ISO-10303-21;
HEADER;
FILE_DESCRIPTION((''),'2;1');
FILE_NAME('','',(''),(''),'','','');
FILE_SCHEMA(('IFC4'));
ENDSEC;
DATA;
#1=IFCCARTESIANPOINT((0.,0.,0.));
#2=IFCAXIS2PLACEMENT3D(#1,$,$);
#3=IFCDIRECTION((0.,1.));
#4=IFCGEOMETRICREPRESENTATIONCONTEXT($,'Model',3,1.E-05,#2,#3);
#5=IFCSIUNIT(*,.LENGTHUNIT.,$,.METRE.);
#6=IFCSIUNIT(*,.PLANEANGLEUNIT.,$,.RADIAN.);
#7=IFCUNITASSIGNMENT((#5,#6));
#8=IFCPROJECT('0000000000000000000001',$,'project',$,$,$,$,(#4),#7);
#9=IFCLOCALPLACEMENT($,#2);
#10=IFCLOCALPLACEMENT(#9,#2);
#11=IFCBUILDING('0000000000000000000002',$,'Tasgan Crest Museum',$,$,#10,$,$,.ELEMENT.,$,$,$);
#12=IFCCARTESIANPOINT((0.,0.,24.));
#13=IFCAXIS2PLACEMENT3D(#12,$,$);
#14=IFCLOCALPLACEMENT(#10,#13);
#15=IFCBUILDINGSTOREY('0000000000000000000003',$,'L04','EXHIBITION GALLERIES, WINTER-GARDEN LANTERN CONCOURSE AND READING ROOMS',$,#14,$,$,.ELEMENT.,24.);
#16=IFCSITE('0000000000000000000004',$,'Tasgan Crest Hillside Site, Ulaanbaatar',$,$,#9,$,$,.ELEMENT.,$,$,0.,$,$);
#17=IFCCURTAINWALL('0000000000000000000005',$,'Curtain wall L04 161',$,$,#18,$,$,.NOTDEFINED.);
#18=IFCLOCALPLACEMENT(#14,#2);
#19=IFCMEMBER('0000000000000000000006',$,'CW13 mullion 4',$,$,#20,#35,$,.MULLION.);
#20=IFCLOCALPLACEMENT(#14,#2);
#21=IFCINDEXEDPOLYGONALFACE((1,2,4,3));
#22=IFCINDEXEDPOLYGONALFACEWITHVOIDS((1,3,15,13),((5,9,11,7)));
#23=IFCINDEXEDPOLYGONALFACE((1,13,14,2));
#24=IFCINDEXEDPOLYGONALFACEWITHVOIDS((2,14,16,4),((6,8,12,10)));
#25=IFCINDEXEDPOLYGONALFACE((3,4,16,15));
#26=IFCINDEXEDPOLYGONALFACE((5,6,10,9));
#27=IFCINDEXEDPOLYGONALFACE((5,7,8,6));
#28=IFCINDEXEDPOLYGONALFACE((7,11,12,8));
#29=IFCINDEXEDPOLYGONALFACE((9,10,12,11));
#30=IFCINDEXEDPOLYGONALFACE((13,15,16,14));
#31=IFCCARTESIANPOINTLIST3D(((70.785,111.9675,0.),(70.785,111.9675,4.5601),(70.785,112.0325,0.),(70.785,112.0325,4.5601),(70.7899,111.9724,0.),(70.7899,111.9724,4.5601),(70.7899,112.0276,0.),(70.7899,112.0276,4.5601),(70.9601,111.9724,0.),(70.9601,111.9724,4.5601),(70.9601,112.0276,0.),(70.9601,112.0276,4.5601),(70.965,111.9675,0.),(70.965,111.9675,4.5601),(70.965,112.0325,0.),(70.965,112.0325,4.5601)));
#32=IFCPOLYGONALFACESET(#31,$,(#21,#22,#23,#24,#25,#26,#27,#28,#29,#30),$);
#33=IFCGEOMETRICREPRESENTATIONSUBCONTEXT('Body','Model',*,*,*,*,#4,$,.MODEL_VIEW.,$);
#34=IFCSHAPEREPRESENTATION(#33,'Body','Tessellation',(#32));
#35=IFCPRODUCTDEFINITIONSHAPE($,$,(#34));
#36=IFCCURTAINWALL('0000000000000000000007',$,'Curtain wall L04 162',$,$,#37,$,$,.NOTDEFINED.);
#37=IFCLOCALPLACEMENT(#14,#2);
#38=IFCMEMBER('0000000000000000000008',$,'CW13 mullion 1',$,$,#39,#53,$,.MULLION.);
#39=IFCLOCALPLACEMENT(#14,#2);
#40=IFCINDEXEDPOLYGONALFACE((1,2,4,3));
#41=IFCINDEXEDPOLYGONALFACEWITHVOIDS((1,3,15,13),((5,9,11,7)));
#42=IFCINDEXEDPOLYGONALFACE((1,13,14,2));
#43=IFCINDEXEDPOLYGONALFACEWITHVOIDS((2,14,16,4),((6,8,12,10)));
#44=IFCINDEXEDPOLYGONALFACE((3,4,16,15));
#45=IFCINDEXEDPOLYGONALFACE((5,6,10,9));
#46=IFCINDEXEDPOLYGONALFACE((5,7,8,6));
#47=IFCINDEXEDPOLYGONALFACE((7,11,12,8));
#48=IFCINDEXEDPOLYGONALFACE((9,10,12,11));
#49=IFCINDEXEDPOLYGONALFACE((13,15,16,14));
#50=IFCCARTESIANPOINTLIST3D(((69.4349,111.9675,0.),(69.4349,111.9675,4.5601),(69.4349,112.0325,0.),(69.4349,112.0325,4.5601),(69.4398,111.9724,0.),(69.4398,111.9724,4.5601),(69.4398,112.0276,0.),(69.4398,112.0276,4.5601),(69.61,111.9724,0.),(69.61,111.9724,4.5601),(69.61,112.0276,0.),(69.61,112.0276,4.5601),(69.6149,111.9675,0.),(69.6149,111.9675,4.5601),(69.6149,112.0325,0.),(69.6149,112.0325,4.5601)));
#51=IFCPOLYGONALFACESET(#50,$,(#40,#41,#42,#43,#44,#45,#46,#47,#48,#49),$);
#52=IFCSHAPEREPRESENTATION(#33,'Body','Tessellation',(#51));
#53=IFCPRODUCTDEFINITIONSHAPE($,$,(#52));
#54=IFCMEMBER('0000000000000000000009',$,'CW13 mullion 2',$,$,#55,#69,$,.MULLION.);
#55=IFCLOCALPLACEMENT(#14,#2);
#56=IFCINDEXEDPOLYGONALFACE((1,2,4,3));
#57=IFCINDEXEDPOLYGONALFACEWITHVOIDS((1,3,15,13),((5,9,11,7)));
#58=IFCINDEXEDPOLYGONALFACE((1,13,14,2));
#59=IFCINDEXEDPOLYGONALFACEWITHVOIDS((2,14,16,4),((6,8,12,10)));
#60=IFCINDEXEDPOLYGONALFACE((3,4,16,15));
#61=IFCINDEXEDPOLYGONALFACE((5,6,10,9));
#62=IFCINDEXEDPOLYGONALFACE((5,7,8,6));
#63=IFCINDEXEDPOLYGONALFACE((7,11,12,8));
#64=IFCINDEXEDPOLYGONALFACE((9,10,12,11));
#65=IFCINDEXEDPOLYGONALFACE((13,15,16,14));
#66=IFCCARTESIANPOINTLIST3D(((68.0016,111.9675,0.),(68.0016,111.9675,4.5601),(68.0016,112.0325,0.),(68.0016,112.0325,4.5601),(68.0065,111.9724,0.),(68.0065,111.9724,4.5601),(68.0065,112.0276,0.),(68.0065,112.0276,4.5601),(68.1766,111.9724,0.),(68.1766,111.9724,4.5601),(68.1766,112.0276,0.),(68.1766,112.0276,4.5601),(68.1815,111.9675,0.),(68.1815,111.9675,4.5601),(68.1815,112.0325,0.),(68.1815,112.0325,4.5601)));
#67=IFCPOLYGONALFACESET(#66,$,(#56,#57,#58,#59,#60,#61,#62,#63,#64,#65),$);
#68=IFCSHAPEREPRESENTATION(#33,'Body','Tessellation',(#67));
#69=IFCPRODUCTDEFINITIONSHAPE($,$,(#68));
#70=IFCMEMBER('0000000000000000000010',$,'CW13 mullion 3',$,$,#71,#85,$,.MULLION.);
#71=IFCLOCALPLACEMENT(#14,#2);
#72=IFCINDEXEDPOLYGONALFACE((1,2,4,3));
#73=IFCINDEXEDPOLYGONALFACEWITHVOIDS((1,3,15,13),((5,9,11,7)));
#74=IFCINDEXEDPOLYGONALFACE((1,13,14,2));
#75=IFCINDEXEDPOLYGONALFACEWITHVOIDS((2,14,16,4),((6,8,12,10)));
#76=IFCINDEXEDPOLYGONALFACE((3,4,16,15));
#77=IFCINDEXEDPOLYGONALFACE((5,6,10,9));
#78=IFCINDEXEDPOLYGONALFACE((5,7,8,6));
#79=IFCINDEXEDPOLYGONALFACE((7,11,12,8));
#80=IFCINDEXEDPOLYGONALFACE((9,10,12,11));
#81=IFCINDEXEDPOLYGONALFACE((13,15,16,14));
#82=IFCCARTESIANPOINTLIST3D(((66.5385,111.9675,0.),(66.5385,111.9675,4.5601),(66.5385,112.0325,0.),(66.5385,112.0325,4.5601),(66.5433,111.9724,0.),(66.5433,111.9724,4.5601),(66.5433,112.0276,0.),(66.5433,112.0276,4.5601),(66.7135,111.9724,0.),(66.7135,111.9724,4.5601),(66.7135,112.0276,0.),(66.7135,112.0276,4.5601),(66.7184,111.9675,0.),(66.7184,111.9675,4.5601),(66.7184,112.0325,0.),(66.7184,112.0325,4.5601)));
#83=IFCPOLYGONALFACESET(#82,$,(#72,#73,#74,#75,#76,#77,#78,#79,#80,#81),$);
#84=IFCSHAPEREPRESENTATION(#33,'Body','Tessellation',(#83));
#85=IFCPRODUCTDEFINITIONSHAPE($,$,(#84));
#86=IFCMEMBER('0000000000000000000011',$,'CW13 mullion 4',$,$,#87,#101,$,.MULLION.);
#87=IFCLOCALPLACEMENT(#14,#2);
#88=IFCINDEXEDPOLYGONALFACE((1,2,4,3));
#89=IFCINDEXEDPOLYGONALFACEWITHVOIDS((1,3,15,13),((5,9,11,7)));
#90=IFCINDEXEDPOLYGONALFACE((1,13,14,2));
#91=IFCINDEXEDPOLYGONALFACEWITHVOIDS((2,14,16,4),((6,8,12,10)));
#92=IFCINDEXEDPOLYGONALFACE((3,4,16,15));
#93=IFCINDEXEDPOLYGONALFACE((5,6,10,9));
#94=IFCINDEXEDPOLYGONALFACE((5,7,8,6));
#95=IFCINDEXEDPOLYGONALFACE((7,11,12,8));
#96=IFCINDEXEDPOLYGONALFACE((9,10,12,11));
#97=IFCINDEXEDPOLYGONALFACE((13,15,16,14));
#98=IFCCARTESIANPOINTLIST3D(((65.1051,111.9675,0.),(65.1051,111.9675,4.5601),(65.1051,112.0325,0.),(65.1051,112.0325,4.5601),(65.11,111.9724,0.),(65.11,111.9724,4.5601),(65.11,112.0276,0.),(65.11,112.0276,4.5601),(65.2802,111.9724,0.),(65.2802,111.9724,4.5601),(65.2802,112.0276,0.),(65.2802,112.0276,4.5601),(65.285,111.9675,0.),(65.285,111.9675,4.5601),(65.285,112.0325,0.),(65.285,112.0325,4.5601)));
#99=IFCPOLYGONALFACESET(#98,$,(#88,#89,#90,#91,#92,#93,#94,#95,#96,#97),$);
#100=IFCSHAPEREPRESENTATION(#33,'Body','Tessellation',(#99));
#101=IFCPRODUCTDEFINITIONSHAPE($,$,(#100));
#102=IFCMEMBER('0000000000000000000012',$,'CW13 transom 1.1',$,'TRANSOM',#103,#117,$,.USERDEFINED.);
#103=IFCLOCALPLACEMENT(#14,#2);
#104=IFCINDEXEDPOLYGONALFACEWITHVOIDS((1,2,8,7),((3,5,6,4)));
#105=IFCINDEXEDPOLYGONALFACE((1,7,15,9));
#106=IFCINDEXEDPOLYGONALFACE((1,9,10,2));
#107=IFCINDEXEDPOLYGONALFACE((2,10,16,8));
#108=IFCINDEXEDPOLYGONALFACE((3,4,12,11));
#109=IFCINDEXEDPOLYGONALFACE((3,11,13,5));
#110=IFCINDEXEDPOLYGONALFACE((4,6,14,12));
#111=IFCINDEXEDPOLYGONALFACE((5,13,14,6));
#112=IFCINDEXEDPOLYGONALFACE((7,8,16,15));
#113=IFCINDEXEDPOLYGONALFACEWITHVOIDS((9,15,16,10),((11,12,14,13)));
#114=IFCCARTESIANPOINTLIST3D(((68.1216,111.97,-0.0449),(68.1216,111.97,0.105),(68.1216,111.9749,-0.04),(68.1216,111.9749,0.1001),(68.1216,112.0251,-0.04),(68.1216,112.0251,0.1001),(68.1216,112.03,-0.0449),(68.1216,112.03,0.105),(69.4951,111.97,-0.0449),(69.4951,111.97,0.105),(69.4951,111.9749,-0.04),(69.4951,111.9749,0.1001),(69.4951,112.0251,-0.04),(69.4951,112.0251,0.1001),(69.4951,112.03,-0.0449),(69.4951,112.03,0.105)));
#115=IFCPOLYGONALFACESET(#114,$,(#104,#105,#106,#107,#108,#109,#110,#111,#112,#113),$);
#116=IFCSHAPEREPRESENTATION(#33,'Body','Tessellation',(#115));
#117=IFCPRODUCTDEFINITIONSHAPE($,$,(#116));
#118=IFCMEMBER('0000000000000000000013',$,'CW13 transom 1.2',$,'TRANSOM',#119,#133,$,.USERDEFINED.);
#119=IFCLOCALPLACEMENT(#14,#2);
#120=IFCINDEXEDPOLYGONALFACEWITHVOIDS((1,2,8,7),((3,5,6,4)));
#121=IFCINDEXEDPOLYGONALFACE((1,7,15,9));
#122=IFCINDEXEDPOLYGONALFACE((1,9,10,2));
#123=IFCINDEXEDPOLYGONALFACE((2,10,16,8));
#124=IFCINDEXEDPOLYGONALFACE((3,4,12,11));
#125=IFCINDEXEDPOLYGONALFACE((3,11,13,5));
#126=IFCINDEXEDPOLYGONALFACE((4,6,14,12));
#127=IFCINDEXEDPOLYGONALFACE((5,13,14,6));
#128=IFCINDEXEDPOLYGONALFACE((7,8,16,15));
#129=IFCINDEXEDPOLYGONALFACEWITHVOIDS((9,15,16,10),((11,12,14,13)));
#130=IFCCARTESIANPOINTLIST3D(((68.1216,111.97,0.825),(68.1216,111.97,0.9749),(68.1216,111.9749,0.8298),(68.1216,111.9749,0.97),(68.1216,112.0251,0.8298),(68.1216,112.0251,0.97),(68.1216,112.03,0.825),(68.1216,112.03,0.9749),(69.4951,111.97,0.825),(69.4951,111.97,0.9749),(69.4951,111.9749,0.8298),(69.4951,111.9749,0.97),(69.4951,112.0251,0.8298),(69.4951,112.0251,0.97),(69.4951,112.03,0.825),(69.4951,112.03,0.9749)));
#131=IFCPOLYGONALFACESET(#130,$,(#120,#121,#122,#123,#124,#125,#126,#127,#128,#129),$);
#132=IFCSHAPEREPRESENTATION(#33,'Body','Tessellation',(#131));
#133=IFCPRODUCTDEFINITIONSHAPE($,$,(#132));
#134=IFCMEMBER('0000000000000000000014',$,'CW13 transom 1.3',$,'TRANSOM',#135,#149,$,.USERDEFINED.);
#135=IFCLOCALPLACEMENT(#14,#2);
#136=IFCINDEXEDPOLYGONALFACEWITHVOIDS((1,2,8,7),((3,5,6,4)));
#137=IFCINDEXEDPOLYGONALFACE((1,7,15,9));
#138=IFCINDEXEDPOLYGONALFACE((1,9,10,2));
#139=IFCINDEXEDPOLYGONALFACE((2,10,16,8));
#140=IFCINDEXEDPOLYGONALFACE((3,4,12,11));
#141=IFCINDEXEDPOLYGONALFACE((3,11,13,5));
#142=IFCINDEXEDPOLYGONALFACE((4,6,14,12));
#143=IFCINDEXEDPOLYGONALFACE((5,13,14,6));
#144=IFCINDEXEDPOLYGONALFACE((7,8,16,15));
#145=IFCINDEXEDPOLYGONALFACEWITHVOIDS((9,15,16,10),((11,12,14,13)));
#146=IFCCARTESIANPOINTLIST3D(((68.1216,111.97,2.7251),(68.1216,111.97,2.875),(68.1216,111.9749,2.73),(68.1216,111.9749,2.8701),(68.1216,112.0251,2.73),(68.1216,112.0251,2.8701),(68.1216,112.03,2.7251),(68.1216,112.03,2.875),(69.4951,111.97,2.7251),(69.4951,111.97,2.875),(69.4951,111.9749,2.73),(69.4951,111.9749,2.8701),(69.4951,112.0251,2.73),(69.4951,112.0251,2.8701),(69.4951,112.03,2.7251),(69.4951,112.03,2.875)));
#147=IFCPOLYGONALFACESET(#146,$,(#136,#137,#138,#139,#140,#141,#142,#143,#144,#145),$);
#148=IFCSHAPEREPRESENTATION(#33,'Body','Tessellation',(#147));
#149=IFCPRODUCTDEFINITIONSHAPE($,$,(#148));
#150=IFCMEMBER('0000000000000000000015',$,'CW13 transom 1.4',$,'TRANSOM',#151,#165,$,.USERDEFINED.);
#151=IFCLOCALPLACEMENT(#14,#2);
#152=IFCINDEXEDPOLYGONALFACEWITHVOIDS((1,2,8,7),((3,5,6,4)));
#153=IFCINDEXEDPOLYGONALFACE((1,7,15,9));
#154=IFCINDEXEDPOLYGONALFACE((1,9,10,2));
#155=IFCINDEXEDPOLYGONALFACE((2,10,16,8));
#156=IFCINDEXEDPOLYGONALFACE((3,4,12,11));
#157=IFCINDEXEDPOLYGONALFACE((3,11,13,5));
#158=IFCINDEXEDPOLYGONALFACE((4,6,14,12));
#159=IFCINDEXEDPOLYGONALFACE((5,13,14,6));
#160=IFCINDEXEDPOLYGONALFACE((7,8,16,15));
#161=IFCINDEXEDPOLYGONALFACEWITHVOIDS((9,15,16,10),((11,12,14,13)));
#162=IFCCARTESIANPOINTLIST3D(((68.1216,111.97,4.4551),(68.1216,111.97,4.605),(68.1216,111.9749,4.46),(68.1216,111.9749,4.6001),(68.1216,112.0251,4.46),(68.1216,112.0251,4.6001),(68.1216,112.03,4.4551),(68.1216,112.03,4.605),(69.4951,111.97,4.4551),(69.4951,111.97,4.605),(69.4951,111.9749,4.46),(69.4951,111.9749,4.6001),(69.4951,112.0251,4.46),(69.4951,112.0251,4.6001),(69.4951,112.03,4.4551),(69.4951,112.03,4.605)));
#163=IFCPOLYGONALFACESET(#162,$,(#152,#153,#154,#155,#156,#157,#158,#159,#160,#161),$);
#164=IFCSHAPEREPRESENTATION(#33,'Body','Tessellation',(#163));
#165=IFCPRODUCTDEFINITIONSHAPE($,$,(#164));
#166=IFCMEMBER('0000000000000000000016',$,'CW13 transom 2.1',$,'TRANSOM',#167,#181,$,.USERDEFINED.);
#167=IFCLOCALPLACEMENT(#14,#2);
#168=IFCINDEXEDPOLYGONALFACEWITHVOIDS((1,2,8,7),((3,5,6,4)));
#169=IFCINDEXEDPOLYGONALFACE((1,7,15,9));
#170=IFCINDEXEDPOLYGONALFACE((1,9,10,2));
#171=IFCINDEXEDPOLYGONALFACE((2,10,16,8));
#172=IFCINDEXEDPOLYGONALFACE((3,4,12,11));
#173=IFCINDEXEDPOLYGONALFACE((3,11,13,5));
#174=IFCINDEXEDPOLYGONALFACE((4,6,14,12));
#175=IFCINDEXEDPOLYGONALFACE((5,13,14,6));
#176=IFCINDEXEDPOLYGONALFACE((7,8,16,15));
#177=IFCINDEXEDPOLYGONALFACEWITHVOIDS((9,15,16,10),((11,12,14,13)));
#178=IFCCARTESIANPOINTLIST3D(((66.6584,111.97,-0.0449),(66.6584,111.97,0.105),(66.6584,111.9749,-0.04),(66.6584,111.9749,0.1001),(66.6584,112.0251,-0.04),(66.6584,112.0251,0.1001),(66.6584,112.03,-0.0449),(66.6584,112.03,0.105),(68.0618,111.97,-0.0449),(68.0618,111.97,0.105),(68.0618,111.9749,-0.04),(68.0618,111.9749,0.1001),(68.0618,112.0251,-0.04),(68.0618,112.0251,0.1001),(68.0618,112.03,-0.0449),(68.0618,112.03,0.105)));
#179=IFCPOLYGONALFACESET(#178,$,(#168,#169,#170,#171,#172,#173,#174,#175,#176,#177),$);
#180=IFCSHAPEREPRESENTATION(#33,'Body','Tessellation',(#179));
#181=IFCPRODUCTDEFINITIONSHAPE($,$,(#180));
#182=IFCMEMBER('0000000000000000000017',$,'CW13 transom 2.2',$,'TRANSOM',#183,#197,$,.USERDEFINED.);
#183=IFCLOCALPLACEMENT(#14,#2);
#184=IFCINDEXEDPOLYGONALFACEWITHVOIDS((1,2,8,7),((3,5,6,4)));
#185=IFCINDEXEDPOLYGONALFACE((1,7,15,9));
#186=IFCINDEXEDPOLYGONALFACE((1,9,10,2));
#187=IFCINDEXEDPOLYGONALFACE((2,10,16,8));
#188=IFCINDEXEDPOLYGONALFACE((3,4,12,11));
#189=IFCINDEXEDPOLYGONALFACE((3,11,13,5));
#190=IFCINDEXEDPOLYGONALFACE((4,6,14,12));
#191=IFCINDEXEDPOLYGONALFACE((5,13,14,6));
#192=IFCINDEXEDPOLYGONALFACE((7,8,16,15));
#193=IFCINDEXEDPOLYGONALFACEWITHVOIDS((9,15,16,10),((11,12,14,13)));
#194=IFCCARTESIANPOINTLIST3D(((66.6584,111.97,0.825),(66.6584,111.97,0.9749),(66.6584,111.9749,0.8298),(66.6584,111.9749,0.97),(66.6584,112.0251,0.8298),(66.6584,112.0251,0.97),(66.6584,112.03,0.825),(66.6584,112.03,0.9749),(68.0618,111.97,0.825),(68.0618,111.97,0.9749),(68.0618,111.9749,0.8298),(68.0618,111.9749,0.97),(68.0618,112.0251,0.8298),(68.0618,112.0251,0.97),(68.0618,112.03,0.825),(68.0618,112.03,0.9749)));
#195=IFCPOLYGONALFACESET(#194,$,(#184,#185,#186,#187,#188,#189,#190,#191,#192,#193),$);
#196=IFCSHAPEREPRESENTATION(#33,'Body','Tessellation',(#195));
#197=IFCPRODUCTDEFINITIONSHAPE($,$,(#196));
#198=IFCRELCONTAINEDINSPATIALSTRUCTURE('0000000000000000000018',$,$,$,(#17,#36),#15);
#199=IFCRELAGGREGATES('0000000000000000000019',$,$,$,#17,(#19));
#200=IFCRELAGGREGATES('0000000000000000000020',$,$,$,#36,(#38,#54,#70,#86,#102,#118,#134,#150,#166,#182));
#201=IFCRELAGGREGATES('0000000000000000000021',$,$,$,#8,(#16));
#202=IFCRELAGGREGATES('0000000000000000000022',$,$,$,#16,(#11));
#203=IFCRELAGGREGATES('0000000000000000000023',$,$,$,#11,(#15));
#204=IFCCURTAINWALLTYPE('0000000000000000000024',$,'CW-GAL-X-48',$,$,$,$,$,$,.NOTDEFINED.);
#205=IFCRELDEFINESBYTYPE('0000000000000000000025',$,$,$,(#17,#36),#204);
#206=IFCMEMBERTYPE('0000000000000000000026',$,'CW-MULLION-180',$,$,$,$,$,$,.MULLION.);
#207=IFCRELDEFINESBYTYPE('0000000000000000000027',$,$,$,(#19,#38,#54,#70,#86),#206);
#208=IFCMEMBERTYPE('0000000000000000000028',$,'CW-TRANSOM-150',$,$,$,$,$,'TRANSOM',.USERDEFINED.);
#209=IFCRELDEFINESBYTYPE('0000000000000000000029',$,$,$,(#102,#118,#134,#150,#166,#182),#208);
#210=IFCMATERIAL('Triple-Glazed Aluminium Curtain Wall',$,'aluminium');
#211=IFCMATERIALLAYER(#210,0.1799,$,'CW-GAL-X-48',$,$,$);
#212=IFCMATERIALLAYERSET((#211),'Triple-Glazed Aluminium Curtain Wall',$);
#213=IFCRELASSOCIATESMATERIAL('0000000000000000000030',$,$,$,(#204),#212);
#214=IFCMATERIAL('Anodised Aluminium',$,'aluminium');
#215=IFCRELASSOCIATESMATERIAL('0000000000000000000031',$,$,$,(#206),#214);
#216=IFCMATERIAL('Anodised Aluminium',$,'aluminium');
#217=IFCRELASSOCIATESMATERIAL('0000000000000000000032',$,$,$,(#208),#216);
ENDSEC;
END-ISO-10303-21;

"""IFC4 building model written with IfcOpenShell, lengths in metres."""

from ifc_helpers import new_model, si_unit, direction, frame, origin, origin_2d, place, context, subcontext, project, spatial, hollow_rectangle, extrude, material, layer, layer_set, material_profile, profile_set, type_object, element, aggregate, save


model = new_model("IFC4")

# Units and contexts
model_context = context("Model", 3, precision=1e-05, world=origin(), true_north=direction((0.0, 1.0)))
body_context = subcontext(model_context, "Body", "Model", "MODEL_VIEW")
ifc_project = project(units=[si_unit("LENGTHUNIT", "METRE"), si_unit("PLANEANGLEUNIT", "RADIAN")], contexts=[model_context])

# Site, building, storey
site_placement = place(None, origin())
site = spatial("IfcSite", under=ifc_project, at=site_placement, Name="Tasgan Crest Hillside Site, Ulaanbaatar", CompositionType="ELEMENT", RefElevation=0.0)
building_placement = place(site_placement, origin())
building = spatial("IfcBuilding", under=site, at=building_placement, Name="Tasgan Crest Museum", CompositionType="ELEMENT")
storey_placement = place(building_placement, frame((0.0, 0.0, 24.0)))
storey = spatial("IfcBuildingStorey", under=building, at=storey_placement, Name="L04", Description="EXHIBITION GALLERIES, WINTER-GARDEN LANTERN CONCOURSE AND READING ROOMS", CompositionType="ELEMENT", Elevation=24.0)

# Curtain wall, member
ifc_material_1 = material(Name="Triple-Glazed Aluminium Curtain Wall", Category="aluminium")
ifc_layer_1 = layer(ifc_material_1, 0.1799, Name="CW-GAL-X-48")
ifc_layer_set_1 = layer_set([ifc_layer_1], Name="Triple-Glazed Aluminium Curtain Wall")
curtain_wall_type = type_object("IfcCurtainWallType", Name="CW-GAL-X-48", PredefinedType="NOTDEFINED", material=ifc_layer_set_1)
curtain_wall_1_placement = place(storey_placement, origin())
curtain_wall_1 = element("IfcCurtainWall", 1, at=curtain_wall_1_placement, inside=storey, type_object=curtain_wall_type, Name="Curtain wall L04 161", PredefinedType="NOTDEFINED")
ifc_material_2 = material(Name="Anodised Aluminium", Category="aluminium")
ifc_material_profile_1 = material_profile(ifc_material_2, hollow_rectangle(XDim=0.0649, YDim=0.1799, WallThickness=0.0049, at=origin_2d()), Name="ALU MULLION 180x65x5")
ifc_profile_set_1 = profile_set([ifc_material_profile_1], Name="Anodised Aluminium")
member_type_1 = type_object("IfcMemberType", Name="CW-MULLION-180", PredefinedType="MULLION", material=ifc_profile_set_1)
member_1_placement = place(storey_placement, frame((70.875, 112.0, 0.0), z_axis=(0.0, 0.0, 1.0), x_axis=(0.0, -1.0, 0.0)))
member_1 = element("IfcMember", 2, at=member_1_placement, type_object=member_type_1, Name="CW13 mullion 4", PredefinedType="MULLION", context=body_context, shape_type="SweptSolid", body=[
    extrude(hollow_rectangle(XDim=0.0649, YDim=0.1799, WallThickness=0.0049, at=origin_2d()), origin(), (0.0, 0.0, 1.0), 4.5601),
])

# Curtain wall, members
curtain_wall_2_placement = place(storey_placement, origin())
curtain_wall_2 = element("IfcCurtainWall", 3, at=curtain_wall_2_placement, inside=storey, type_object=curtain_wall_type, Name="Curtain wall L04 162", PredefinedType="NOTDEFINED")
member_2_placement = place(storey_placement, frame((69.5249, 112.0, 0.0), z_axis=(0.0, 0.0, 1.0), x_axis=(0.0, -1.0, 0.0)))
member_2 = element("IfcMember", 4, at=member_2_placement, type_object=member_type_1, Name="CW13 mullion 1", PredefinedType="MULLION", context=body_context, shape_type="SweptSolid", body=[
    extrude(hollow_rectangle(XDim=0.0649, YDim=0.1799, WallThickness=0.0049, at=origin_2d()), origin(), (0.0, 0.0, 1.0), 4.5601),
])
member_3_placement = place(storey_placement, frame((68.0916, 112.0, 0.0), z_axis=(0.0, 0.0, 1.0), x_axis=(0.0, -1.0, 0.0)))
member_3 = element("IfcMember", 5, at=member_3_placement, type_object=member_type_1, Name="CW13 mullion 2", PredefinedType="MULLION", context=body_context, shape_type="SweptSolid", body=[
    extrude(hollow_rectangle(XDim=0.0649, YDim=0.1799, WallThickness=0.0049, at=origin_2d()), origin(), (0.0, 0.0, 1.0), 4.5601),
])
member_4_placement = place(storey_placement, frame((66.6284, 112.0, 0.0), z_axis=(0.0, 0.0, 1.0), x_axis=(0.0, -1.0, 0.0)))
member_4 = element("IfcMember", 6, at=member_4_placement, type_object=member_type_1, Name="CW13 mullion 3", PredefinedType="MULLION", context=body_context, shape_type="SweptSolid", body=[
    extrude(hollow_rectangle(XDim=0.0649, YDim=0.1799, WallThickness=0.0049, at=origin_2d()), origin(), (0.0, 0.0, 1.0), 4.5601),
])
member_5_placement = place(storey_placement, frame((65.1951, 112.0, 0.0), z_axis=(0.0, 0.0, 1.0), x_axis=(0.0, -1.0, 0.0)))
member_5 = element("IfcMember", 7, at=member_5_placement, type_object=member_type_1, Name="CW13 mullion 4", PredefinedType="MULLION", context=body_context, shape_type="SweptSolid", body=[
    extrude(hollow_rectangle(XDim=0.0649, YDim=0.1799, WallThickness=0.0049, at=origin_2d()), origin(), (0.0, 0.0, 1.0), 4.5601),
])
ifc_material_3 = material(Name="Anodised Aluminium", Category="aluminium")
ifc_material_profile_2 = material_profile(ifc_material_3, hollow_rectangle(XDim=0.0601, YDim=0.1499, WallThickness=0.0049, at=origin_2d()), Name="ALU TRANSOM 150x60x5")
ifc_profile_set_2 = profile_set([ifc_material_profile_2], Name="Anodised Aluminium")
member_type_2 = type_object("IfcMemberType", Name="CW-TRANSOM-150", ElementType="TRANSOM", PredefinedType="USERDEFINED", material=ifc_profile_set_2)
member_6_placement = place(storey_placement, frame((69.4951, 112.0, 0.03), z_axis=(-1.0, 0.0, 0.0), x_axis=(0.0, -1.0, 0.0)))
member_6 = element("IfcMember", 8, at=member_6_placement, type_object=member_type_2, Name="CW13 transom 1.1", ObjectType="TRANSOM", PredefinedType="USERDEFINED", context=body_context, shape_type="SweptSolid", body=[
    extrude(hollow_rectangle(XDim=0.0601, YDim=0.1499, WallThickness=0.0049, at=origin_2d()), origin(), (0.0, 0.0, 1.0), 1.3735),
])
member_7_placement = place(storey_placement, frame((69.4951, 112.0, 0.8999), z_axis=(-1.0, 0.0, 0.0), x_axis=(0.0, -1.0, 0.0)))
member_7 = element("IfcMember", 9, at=member_7_placement, type_object=member_type_2, Name="CW13 transom 1.2", ObjectType="TRANSOM", PredefinedType="USERDEFINED", context=body_context, shape_type="SweptSolid", body=[
    extrude(hollow_rectangle(XDim=0.0601, YDim=0.1499, WallThickness=0.0049, at=origin_2d()), origin(), (0.0, 0.0, 1.0), 1.3735),
])
member_8_placement = place(storey_placement, frame((69.4951, 112.0, 2.8), z_axis=(-1.0, 0.0, 0.0), x_axis=(0.0, -1.0, 0.0)))
member_8 = element("IfcMember", 10, at=member_8_placement, type_object=member_type_2, Name="CW13 transom 1.3", ObjectType="TRANSOM", PredefinedType="USERDEFINED", context=body_context, shape_type="SweptSolid", body=[
    extrude(hollow_rectangle(XDim=0.0601, YDim=0.1499, WallThickness=0.0049, at=origin_2d()), origin(), (0.0, 0.0, 1.0), 1.3735),
])
member_9_placement = place(storey_placement, frame((69.4951, 112.0, 4.53), z_axis=(-1.0, 0.0, 0.0), x_axis=(0.0, -1.0, 0.0)))
member_9 = element("IfcMember", 11, at=member_9_placement, type_object=member_type_2, Name="CW13 transom 1.4", ObjectType="TRANSOM", PredefinedType="USERDEFINED", context=body_context, shape_type="SweptSolid", body=[
    extrude(hollow_rectangle(XDim=0.0601, YDim=0.1499, WallThickness=0.0049, at=origin_2d()), origin(), (0.0, 0.0, 1.0), 1.3735),
])
member_10_placement = place(storey_placement, frame((68.0618, 112.0, 0.03), z_axis=(-1.0, 0.0, 0.0), x_axis=(0.0, -1.0, 0.0)))
member_10 = element("IfcMember", 12, at=member_10_placement, type_object=member_type_2, Name="CW13 transom 2.1", ObjectType="TRANSOM", PredefinedType="USERDEFINED", context=body_context, shape_type="SweptSolid", body=[
    extrude(hollow_rectangle(XDim=0.0601, YDim=0.1499, WallThickness=0.0049, at=origin_2d()), origin(), (0.0, 0.0, 1.0), 1.4033),
])
member_11_placement = place(storey_placement, frame((68.0618, 112.0, 0.8999), z_axis=(-1.0, 0.0, 0.0), x_axis=(0.0, -1.0, 0.0)))
member_11 = element("IfcMember", 13, at=member_11_placement, type_object=member_type_2, Name="CW13 transom 2.2", ObjectType="TRANSOM", PredefinedType="USERDEFINED", context=body_context, shape_type="SweptSolid", body=[
    extrude(hollow_rectangle(XDim=0.0601, YDim=0.1499, WallThickness=0.0049, at=origin_2d()), origin(), (0.0, 0.0, 1.0), 1.4033),
])

aggregate(curtain_wall_1, [member_1])
aggregate(curtain_wall_2, [member_2, member_3, member_4, member_5, member_6, member_7, member_8, member_9, member_10, member_11])

save(model, "model.ifc")
